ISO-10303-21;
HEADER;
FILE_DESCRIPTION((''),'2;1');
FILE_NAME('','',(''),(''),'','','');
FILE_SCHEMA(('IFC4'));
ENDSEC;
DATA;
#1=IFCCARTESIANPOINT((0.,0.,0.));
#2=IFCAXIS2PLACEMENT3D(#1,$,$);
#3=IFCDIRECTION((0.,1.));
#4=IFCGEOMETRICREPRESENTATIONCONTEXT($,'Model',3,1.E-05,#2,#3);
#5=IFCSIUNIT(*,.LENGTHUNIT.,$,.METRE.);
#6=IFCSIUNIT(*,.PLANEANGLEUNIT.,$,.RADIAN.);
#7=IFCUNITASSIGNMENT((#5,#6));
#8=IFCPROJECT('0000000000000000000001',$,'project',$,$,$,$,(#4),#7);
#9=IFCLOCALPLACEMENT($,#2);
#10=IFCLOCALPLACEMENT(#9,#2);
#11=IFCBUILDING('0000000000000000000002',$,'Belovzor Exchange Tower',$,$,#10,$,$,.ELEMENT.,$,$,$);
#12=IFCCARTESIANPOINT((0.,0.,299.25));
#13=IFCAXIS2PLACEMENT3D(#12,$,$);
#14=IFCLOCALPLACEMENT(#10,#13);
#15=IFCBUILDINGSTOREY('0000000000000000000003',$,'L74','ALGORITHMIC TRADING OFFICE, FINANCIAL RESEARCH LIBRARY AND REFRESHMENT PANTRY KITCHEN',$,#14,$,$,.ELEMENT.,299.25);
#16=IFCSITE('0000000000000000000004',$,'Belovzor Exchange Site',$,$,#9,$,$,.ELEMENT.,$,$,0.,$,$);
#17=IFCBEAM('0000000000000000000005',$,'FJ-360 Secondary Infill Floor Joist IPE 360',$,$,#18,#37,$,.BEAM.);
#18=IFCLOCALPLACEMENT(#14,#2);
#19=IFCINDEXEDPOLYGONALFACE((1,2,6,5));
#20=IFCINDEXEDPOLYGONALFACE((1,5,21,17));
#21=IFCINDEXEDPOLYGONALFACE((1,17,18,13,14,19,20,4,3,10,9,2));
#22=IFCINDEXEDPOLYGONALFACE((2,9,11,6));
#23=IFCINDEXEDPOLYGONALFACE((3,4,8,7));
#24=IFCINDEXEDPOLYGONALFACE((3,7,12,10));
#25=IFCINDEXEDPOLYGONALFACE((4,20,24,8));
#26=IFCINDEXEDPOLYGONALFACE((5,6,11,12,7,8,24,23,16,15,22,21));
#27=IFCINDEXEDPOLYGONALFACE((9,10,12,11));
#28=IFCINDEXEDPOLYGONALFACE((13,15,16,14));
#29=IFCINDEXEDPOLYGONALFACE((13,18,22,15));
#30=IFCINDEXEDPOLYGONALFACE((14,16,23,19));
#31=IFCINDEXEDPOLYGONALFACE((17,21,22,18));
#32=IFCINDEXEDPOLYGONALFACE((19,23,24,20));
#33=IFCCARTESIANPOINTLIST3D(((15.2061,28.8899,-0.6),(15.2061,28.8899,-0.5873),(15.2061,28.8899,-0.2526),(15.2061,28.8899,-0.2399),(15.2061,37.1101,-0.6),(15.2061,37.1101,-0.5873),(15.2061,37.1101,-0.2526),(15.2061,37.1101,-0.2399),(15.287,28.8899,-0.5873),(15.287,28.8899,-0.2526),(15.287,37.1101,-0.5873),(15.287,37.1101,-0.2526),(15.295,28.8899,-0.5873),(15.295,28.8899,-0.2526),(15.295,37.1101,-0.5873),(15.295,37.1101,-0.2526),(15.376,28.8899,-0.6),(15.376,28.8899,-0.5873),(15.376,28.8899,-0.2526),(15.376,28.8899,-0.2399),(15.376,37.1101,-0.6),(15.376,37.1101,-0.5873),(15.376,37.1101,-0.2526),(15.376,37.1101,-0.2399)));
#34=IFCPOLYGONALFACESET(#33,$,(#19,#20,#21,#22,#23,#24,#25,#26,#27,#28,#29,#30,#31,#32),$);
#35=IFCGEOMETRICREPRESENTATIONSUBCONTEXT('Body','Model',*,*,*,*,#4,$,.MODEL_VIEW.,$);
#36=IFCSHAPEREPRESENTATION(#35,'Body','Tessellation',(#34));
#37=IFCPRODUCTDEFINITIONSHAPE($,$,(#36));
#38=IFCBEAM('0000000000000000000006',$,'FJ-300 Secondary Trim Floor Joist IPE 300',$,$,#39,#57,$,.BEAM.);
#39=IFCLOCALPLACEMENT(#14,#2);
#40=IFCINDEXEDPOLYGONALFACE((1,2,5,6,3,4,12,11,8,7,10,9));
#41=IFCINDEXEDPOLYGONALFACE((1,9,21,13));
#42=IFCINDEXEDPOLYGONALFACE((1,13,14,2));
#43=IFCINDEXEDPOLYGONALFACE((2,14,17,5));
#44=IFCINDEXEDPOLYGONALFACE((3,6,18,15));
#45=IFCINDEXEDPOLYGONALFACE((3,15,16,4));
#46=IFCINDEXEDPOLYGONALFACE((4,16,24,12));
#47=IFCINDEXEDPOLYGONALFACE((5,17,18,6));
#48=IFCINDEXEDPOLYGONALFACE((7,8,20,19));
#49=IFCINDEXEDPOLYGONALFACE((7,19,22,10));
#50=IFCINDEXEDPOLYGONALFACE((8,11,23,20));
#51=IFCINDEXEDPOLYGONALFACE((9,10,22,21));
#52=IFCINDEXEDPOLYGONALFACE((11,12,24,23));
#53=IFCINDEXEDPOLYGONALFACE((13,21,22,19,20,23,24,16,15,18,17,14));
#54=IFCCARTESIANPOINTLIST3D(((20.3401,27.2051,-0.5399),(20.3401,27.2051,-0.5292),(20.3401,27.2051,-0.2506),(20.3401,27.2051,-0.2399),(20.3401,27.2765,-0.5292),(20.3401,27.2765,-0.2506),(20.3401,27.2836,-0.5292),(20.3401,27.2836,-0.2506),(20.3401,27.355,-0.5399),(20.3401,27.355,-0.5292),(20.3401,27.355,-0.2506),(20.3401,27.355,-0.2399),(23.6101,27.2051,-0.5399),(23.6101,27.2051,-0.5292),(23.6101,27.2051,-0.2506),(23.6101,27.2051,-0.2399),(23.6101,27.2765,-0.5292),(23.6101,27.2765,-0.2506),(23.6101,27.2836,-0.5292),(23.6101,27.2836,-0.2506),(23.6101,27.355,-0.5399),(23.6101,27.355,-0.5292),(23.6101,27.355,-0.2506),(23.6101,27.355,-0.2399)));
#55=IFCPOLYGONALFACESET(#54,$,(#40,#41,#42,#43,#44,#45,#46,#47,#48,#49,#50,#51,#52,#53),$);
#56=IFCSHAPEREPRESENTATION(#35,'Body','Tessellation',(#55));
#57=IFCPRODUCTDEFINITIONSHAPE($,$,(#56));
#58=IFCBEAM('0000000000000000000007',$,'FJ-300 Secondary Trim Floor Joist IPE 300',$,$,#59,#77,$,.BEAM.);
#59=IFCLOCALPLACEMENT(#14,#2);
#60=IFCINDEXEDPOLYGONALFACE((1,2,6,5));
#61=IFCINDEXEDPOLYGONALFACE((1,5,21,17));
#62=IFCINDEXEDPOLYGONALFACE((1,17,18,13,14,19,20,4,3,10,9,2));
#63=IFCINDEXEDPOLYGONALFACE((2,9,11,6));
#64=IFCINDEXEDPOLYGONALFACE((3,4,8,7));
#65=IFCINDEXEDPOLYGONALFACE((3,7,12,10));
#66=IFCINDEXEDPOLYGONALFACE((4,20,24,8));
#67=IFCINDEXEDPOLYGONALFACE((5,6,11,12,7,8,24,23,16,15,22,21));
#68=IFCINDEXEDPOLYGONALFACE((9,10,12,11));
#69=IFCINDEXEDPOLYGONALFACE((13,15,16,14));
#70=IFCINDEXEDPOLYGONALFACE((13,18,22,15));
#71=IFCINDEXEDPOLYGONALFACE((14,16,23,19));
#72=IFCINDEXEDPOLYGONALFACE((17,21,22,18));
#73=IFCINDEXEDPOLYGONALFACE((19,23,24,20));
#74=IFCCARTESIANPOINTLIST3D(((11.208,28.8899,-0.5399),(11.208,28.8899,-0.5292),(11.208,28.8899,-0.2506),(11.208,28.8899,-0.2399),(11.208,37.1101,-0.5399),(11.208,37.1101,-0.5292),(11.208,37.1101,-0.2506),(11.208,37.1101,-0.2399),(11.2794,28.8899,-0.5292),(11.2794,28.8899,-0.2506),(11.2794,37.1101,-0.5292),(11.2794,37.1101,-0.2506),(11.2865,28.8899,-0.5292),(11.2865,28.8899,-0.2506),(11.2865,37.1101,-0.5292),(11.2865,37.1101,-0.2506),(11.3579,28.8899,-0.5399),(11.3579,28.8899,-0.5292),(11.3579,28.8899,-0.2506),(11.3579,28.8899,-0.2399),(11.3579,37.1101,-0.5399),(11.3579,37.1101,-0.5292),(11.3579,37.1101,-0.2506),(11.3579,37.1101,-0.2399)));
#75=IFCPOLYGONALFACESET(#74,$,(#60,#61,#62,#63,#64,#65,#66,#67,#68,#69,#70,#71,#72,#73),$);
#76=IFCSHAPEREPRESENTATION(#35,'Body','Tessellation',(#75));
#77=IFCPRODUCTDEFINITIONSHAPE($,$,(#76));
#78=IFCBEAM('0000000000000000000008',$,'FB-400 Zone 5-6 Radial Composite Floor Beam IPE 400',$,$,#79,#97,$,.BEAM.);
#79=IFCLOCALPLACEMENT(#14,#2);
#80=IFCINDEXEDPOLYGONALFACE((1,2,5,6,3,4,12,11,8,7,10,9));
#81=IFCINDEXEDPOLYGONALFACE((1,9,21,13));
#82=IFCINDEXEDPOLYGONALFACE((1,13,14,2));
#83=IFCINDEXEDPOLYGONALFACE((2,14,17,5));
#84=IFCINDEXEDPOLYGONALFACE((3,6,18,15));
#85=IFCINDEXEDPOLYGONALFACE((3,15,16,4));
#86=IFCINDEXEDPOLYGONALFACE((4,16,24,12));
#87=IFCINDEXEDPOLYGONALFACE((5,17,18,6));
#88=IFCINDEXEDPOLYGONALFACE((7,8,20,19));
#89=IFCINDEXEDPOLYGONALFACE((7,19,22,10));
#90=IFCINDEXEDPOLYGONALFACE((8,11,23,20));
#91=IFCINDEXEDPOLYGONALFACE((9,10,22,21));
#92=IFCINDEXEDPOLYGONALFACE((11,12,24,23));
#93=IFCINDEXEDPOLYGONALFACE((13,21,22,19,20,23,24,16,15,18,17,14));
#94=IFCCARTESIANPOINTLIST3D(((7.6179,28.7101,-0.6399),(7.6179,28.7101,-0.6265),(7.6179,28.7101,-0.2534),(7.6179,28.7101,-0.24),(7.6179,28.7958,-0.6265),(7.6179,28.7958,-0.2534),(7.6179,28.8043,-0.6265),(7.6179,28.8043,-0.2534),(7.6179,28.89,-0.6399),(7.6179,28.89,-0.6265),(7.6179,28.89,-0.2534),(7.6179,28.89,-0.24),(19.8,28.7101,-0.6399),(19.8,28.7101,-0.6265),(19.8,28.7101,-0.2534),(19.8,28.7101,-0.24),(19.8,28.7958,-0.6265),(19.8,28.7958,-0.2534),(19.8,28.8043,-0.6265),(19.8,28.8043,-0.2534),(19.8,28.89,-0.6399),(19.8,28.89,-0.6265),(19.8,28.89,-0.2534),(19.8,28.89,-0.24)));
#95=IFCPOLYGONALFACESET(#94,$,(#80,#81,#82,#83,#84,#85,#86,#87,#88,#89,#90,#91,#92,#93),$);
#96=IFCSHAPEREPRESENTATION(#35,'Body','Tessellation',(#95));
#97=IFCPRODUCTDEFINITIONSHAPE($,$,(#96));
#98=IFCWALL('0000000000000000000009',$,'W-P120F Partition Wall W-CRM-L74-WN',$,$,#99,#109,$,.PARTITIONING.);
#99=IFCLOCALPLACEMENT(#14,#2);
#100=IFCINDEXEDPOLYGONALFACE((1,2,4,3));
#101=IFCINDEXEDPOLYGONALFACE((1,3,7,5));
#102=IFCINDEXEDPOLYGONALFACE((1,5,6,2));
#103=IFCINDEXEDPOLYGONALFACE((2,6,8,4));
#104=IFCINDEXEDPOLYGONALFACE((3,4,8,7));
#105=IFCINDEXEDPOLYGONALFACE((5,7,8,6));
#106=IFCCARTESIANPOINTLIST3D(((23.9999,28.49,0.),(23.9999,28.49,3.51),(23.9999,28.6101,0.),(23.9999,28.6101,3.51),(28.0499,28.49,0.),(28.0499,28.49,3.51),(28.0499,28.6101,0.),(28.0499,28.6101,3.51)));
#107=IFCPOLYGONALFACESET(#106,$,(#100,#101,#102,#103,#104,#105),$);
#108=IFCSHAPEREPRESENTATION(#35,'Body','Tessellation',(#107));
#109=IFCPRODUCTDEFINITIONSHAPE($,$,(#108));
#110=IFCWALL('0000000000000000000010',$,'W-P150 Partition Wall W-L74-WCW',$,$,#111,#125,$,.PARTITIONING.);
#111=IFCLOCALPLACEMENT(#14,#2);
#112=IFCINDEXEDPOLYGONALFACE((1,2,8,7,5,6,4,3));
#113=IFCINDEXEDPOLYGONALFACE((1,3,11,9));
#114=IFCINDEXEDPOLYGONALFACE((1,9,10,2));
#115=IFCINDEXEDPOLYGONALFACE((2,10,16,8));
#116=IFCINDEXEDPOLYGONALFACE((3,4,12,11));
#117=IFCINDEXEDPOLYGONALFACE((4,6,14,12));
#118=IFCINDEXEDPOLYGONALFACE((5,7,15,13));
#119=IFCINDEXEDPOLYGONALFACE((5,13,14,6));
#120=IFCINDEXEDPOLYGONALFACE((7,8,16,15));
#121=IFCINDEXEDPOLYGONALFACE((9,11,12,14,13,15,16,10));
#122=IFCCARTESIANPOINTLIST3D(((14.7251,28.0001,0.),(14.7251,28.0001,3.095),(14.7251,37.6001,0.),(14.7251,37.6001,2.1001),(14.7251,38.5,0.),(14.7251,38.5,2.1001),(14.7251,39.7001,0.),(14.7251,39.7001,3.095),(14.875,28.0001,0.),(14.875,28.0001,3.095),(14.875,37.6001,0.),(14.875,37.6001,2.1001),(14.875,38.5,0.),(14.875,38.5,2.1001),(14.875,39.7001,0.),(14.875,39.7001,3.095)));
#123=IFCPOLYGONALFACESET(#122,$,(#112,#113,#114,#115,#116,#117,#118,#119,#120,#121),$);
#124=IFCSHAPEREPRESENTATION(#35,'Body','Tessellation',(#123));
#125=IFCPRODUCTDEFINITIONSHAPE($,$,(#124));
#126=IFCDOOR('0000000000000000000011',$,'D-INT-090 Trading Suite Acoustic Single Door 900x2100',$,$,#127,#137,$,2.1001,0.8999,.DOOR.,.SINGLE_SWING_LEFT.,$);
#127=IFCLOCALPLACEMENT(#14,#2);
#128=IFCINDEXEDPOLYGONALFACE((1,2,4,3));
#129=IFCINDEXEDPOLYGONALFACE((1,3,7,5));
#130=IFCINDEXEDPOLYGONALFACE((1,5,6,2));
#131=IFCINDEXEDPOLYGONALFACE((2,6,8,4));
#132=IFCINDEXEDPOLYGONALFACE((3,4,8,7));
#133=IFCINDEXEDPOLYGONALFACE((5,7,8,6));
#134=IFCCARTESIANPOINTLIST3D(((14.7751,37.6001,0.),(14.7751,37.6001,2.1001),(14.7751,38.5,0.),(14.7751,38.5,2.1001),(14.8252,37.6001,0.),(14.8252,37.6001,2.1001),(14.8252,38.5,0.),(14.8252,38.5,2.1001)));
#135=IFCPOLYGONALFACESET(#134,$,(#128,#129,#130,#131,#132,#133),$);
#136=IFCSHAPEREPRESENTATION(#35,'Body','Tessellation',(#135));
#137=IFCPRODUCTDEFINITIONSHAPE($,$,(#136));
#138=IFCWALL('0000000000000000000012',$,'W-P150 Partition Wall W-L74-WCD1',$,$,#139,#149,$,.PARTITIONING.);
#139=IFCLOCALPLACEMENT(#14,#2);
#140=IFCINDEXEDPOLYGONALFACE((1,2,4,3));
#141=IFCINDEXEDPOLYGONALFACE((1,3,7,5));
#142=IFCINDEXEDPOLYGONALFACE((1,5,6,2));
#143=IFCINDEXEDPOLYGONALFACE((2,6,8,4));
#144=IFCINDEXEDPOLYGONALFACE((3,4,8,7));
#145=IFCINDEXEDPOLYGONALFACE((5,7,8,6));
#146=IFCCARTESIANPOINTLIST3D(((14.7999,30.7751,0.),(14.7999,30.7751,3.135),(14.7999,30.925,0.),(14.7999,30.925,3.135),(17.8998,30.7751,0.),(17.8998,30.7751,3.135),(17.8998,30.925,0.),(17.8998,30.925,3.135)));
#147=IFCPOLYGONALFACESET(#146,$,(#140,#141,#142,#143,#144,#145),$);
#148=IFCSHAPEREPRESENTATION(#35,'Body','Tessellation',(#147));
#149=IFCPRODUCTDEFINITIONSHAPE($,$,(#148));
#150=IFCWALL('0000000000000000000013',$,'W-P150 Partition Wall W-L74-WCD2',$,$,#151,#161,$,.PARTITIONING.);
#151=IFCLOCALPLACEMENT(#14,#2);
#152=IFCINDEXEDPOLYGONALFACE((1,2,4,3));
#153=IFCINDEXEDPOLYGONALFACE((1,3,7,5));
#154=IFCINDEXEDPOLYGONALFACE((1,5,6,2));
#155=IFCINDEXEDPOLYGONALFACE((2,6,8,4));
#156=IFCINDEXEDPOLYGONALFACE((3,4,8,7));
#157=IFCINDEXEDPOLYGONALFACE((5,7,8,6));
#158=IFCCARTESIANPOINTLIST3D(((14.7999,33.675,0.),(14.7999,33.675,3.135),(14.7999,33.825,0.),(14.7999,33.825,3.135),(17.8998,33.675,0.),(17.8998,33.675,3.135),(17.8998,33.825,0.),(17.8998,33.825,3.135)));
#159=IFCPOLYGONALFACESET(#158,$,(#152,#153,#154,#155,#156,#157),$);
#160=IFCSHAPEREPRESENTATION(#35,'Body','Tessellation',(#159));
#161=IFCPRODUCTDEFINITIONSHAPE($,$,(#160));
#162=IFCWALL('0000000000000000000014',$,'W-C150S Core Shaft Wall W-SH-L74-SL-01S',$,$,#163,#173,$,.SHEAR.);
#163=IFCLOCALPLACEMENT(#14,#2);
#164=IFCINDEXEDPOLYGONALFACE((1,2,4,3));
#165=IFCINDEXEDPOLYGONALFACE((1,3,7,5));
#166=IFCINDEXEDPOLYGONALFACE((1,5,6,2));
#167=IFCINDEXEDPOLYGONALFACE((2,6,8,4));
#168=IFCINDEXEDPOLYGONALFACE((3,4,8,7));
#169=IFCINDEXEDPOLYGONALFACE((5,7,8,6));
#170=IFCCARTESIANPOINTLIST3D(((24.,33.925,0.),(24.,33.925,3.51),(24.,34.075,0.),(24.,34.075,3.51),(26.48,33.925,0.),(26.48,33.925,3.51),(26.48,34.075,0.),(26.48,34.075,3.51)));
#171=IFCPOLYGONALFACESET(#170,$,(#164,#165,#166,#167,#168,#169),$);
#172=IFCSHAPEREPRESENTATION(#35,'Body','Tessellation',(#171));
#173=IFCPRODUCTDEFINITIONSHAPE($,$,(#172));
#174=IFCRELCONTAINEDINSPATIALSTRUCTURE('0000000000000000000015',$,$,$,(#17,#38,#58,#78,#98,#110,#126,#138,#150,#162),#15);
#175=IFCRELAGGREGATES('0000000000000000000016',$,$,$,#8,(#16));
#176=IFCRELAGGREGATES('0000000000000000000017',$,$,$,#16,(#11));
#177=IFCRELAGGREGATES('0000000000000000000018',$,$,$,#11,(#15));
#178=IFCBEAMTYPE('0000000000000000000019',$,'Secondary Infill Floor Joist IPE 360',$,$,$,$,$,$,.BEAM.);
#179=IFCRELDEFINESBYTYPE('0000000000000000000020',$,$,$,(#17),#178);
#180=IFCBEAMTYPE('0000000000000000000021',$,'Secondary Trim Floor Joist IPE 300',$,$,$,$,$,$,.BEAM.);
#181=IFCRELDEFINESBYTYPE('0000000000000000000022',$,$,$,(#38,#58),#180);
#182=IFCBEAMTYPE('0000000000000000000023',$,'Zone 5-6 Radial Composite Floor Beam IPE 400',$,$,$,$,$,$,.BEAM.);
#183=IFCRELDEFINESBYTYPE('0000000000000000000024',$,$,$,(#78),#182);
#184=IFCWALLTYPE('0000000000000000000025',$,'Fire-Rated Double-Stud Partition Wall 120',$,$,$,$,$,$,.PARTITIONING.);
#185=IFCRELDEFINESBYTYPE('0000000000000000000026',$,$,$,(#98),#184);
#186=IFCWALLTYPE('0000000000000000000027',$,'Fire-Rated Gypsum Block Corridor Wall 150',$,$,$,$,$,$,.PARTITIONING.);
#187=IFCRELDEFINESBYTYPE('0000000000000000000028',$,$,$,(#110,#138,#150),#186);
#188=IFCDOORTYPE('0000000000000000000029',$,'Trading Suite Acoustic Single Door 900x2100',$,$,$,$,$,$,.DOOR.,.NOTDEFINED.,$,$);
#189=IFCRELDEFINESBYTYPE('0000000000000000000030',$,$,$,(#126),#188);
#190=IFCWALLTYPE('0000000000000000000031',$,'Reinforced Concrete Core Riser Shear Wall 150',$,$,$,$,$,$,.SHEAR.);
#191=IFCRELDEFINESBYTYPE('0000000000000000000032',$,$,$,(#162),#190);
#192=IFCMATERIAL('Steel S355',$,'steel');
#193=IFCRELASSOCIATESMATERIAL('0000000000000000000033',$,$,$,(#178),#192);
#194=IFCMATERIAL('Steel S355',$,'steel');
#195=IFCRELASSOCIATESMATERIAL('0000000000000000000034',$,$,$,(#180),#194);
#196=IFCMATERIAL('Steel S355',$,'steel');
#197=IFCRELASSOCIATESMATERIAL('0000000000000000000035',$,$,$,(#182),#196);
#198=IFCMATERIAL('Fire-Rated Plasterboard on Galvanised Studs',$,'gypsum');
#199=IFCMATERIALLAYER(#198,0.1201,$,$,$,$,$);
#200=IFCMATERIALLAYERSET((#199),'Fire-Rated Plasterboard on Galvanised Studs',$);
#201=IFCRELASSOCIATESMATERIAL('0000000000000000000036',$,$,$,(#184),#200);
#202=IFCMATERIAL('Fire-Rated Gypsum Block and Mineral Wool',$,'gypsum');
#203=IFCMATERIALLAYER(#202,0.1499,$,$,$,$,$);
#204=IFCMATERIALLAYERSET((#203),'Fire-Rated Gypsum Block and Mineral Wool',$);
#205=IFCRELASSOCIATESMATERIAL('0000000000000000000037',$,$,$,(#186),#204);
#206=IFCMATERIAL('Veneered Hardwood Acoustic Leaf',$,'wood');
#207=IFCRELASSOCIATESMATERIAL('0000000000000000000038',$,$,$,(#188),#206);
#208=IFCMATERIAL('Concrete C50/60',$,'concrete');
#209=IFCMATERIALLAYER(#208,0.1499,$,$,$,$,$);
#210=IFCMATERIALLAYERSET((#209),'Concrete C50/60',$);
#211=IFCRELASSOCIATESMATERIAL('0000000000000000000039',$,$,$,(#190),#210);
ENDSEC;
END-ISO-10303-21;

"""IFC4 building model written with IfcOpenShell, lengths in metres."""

from ifc_helpers import new_model, si_unit, direction, frame, frame_2d, origin, origin_2d, place, context, subcontext, project, spatial, rectangle, i_section, extrude, material, layer, layer_set, material_profile, profile_set, type_object, element, fill, save


model = new_model("IFC4")

# Units and contexts
model_context = context("Model", 3, precision=1e-05, world=origin(), true_north=direction((0.0, 1.0)))
body_context = subcontext(model_context, "Body", "Model", "MODEL_VIEW")
ifc_project = project(units=[si_unit("LENGTHUNIT", "METRE"), si_unit("PLANEANGLEUNIT", "RADIAN")], contexts=[model_context])

# Site, building, storey
site_placement = place(None, origin())
site = spatial("IfcSite", under=ifc_project, at=site_placement, Name="Belovzor Exchange Site", CompositionType="ELEMENT", RefElevation=0.0)
building_placement = place(site_placement, origin())
building = spatial("IfcBuilding", under=site, at=building_placement, Name="Belovzor Exchange Tower", CompositionType="ELEMENT")
storey_placement = place(building_placement, frame((0.0, 0.0, 299.25)))
storey = spatial("IfcBuildingStorey", under=building, at=storey_placement, Name="L74", Description="ALGORITHMIC TRADING OFFICE, FINANCIAL RESEARCH LIBRARY AND REFRESHMENT PANTRY KITCHEN", CompositionType="ELEMENT", Elevation=299.25)

# Beams
ifc_material_1 = material(Name="Steel S355", Category="steel")
ifc_material_profile_1 = material_profile(ifc_material_1, i_section(OverallWidth=0.1699, OverallDepth=0.3601, WebThickness=0.0081, FlangeThickness=0.0127, at=origin_2d()))
ifc_profile_set_1 = profile_set([ifc_material_profile_1], Name="Steel S355")
beam_type_1 = type_object("IfcBeamType", Name="Secondary Infill Floor Joist IPE 360", PredefinedType="BEAM", material=ifc_profile_set_1)
beam_1_placement = place(storey_placement, frame((15.291, 28.8899, -0.4199), z_axis=(0.0, 1.0, 0.0), x_axis=(-1.0, 0.0, 0.0)))
element("IfcBeam", 1, at=beam_1_placement, inside=storey, type_object=beam_type_1, Name="FJ-360 Secondary Infill Floor Joist IPE 360", PredefinedType="BEAM", context=body_context, shape_type="SweptSolid", body=[
    extrude(i_section(OverallWidth=0.1699, OverallDepth=0.3601, WebThickness=0.0081, FlangeThickness=0.0127, at=origin_2d()), origin(), (0.0, 0.0, 1.0), 8.2202),
])
ifc_material_2 = material(Name="Steel S355", Category="steel")
ifc_material_profile_2 = material_profile(ifc_material_2, i_section(OverallWidth=0.1499, OverallDepth=0.3, WebThickness=0.0071, FlangeThickness=0.0107, at=origin_2d()))
ifc_profile_set_2 = profile_set([ifc_material_profile_2], Name="Steel S355")
beam_type_2 = type_object("IfcBeamType", Name="Secondary Trim Floor Joist IPE 300", PredefinedType="BEAM", material=ifc_profile_set_2)
beam_2_placement = place(storey_placement, frame((20.3401, 27.28, -0.3899), z_axis=(1.0, 0.0, 0.0), x_axis=(0.0, 1.0, 0.0)))
element("IfcBeam", 2, at=beam_2_placement, inside=storey, type_object=beam_type_2, Name="FJ-300 Secondary Trim Floor Joist IPE 300", PredefinedType="BEAM", context=body_context, shape_type="SweptSolid", body=[
    extrude(i_section(OverallWidth=0.1499, OverallDepth=0.3, WebThickness=0.0071, FlangeThickness=0.0107, at=origin_2d()), origin(), (0.0, 0.0, 1.0), 3.27),
])
beam_3_placement = place(storey_placement, frame((11.283, 28.8899, -0.3899), z_axis=(0.0, 1.0, 0.0), x_axis=(-1.0, 0.0, 0.0)))
element("IfcBeam", 3, at=beam_3_placement, inside=storey, type_object=beam_type_2, Name="FJ-300 Secondary Trim Floor Joist IPE 300", PredefinedType="BEAM", context=body_context, shape_type="SweptSolid", body=[
    extrude(i_section(OverallWidth=0.1499, OverallDepth=0.3, WebThickness=0.0071, FlangeThickness=0.0107, at=origin_2d()), origin(), (0.0, 0.0, 1.0), 8.2202),
])
ifc_material_3 = material(Name="Steel S355", Category="steel")
ifc_material_profile_3 = material_profile(ifc_material_3, i_section(OverallWidth=0.1799, OverallDepth=0.3999, WebThickness=0.0085, FlangeThickness=0.0134, at=origin_2d()))
ifc_profile_set_3 = profile_set([ifc_material_profile_3], Name="Steel S355")
beam_type_3 = type_object("IfcBeamType", Name="Zone 5-6 Radial Composite Floor Beam IPE 400", PredefinedType="BEAM", material=ifc_profile_set_3)
beam_4_placement = place(storey_placement, frame((19.8, 28.8, -0.4399), z_axis=(-1.0, 0.0, 0.0), x_axis=(0.0, -1.0, 0.0)))
element("IfcBeam", 4, at=beam_4_placement, inside=storey, type_object=beam_type_3, Name="FB-400 Zone 5-6 Radial Composite Floor Beam IPE 400", PredefinedType="BEAM", context=body_context, shape_type="SweptSolid", body=[
    extrude(i_section(OverallWidth=0.1799, OverallDepth=0.3999, WebThickness=0.0085, FlangeThickness=0.0134, at=origin_2d()), origin(), (0.0, 0.0, 1.0), 12.1821),
])

# Wall
ifc_material_4 = material(Name="Fire-Rated Plasterboard on Galvanised Studs", Category="gypsum")
ifc_layer_1 = layer(ifc_material_4, 0.1201)
ifc_layer_set_1 = layer_set([ifc_layer_1], Name="Fire-Rated Plasterboard on Galvanised Studs")
wall_type_1 = type_object("IfcWallType", Name="Fire-Rated Double-Stud Partition Wall 120", PredefinedType="PARTITIONING", material=ifc_layer_set_1)
wall_1_placement = place(storey_placement, frame((24.0, 28.55, 0.0), z_axis=(0.0, 0.0, 1.0), x_axis=(1.0, 0.0, 0.0)))
element("IfcWall", 5, at=wall_1_placement, inside=storey, type_object=wall_type_1, Name="W-P120F Partition Wall W-CRM-L74-WN", PredefinedType="PARTITIONING", context=body_context, shape_type="SweptSolid", body=[
    extrude(rectangle(XDim=4.05, YDim=0.1201, at=frame_2d((2.0249, 0.0))), origin(), (0.0, 0.0, 1.0), 3.51),
])

# Wall, opening, door
ifc_material_5 = material(Name="Fire-Rated Gypsum Block and Mineral Wool", Category="gypsum")
ifc_layer_2 = layer(ifc_material_5, 0.1499)
ifc_layer_set_2 = layer_set([ifc_layer_2], Name="Fire-Rated Gypsum Block and Mineral Wool")
wall_type_2 = type_object("IfcWallType", Name="Fire-Rated Gypsum Block Corridor Wall 150", PredefinedType="PARTITIONING", material=ifc_layer_set_2)
wall_2_placement = place(storey_placement, frame((14.8, 28.0, 0.0), z_axis=(0.0, 0.0, 1.0), x_axis=(0.0, 1.0, 0.0)))
wall_2 = element("IfcWall", 6, at=wall_2_placement, inside=storey, type_object=wall_type_2, Name="W-P150 Partition Wall W-L74-WCW", PredefinedType="PARTITIONING", context=body_context, shape_type="SweptSolid", body=[
    extrude(rectangle(XDim=11.7, YDim=0.1499, at=frame_2d((5.8501, 0.0))), origin(), (0.0, 0.0, 1.0), 3.095),
])
opening_1_placement = place(wall_2_placement, frame((9.6001, 0.0, 0.0)))
opening_1 = element("IfcOpeningElement", 7, at=opening_1_placement, cuts=wall_2, PredefinedType="OPENING", context=body_context, shape_type="SweptSolid", body=[
    extrude(rectangle(XDim=0.8999, YDim=2.1001, at=frame_2d((0.45, 1.05))), frame((0.0, 0.085, 0.0), z_axis=(0.0, -1.0, 0.0), x_axis=(1.0, 0.0, 0.0)), (0.0, 0.0, 1.0), 0.1699),
])
ifc_material_6 = material(Name="Veneered Hardwood Acoustic Leaf", Category="wood")
door_type_1 = type_object("IfcDoorType", Name="Trading Suite Acoustic Single Door 900x2100", OperationType="NOTDEFINED", PredefinedType="DOOR", material=ifc_material_6)
door_1_placement = place(opening_1_placement, origin())
door_1 = element("IfcDoor", 8, at=door_1_placement, inside=storey, type_object=door_type_1, Name="D-INT-090 Trading Suite Acoustic Single Door 900x2100", OperationType="SINGLE_SWING_LEFT", OverallHeight=2.1001, OverallWidth=0.8999, PredefinedType="DOOR", context=body_context, shape_type="SweptSolid", body=[
    extrude(rectangle(XDim=0.8999, YDim=2.1001, at=frame_2d((0.45, 1.05))), frame((0.0, 0.0249, 0.0), z_axis=(0.0, -1.0, 0.0), x_axis=(1.0, 0.0, 0.0)), (0.0, 0.0, 1.0), 0.05),
])
fill(opening_1, door_1)

# Walls
for number, where, z_axis, x_axis, name in (
    (9, (14.8, 30.8501, 0.0), (0.0, 0.0, 1.0), (1.0, 0.0, 0.0), "W-P150 Partition Wall W-L74-WCD1"),
    (10, (14.8, 33.75, 0.0), (0.0, 0.0, 1.0), (1.0, 0.0, 0.0), "W-P150 Partition Wall W-L74-WCD2"),
):
    element("IfcWall", number, at=place(storey_placement, frame(where, z_axis=z_axis, x_axis=x_axis)), inside=storey, type_object=wall_type_2, Name=name, PredefinedType="PARTITIONING", context=body_context, shape_type="SweptSolid", body=[
        extrude(rectangle(XDim=3.0999, YDim=0.1499, at=frame_2d((1.5498, 0.0))), origin(), (0.0, 0.0, 1.0), 3.135),
    ])
ifc_material_7 = material(Name="Concrete C50/60", Category="concrete")
ifc_layer_3 = layer(ifc_material_7, 0.1499)
ifc_layer_set_3 = layer_set([ifc_layer_3], Name="Concrete C50/60")
wall_type_3 = type_object("IfcWallType", Name="Reinforced Concrete Core Riser Shear Wall 150", PredefinedType="SHEAR", material=ifc_layer_set_3)
wall_3_placement = place(storey_placement, frame((24.0, 34.0, 0.0), z_axis=(0.0, 0.0, 1.0), x_axis=(1.0, 0.0, 0.0)))
element("IfcWall", 11, at=wall_3_placement, inside=storey, type_object=wall_type_3, Name="W-C150S Core Shaft Wall W-SH-L74-SL-01S", PredefinedType="SHEAR", context=body_context, shape_type="SweptSolid", body=[
    extrude(rectangle(XDim=2.48, YDim=0.1499, at=frame_2d((1.24, 0.0))), origin(), (0.0, 0.0, 1.0), 3.51),
])

save(model, "model.ifc")
